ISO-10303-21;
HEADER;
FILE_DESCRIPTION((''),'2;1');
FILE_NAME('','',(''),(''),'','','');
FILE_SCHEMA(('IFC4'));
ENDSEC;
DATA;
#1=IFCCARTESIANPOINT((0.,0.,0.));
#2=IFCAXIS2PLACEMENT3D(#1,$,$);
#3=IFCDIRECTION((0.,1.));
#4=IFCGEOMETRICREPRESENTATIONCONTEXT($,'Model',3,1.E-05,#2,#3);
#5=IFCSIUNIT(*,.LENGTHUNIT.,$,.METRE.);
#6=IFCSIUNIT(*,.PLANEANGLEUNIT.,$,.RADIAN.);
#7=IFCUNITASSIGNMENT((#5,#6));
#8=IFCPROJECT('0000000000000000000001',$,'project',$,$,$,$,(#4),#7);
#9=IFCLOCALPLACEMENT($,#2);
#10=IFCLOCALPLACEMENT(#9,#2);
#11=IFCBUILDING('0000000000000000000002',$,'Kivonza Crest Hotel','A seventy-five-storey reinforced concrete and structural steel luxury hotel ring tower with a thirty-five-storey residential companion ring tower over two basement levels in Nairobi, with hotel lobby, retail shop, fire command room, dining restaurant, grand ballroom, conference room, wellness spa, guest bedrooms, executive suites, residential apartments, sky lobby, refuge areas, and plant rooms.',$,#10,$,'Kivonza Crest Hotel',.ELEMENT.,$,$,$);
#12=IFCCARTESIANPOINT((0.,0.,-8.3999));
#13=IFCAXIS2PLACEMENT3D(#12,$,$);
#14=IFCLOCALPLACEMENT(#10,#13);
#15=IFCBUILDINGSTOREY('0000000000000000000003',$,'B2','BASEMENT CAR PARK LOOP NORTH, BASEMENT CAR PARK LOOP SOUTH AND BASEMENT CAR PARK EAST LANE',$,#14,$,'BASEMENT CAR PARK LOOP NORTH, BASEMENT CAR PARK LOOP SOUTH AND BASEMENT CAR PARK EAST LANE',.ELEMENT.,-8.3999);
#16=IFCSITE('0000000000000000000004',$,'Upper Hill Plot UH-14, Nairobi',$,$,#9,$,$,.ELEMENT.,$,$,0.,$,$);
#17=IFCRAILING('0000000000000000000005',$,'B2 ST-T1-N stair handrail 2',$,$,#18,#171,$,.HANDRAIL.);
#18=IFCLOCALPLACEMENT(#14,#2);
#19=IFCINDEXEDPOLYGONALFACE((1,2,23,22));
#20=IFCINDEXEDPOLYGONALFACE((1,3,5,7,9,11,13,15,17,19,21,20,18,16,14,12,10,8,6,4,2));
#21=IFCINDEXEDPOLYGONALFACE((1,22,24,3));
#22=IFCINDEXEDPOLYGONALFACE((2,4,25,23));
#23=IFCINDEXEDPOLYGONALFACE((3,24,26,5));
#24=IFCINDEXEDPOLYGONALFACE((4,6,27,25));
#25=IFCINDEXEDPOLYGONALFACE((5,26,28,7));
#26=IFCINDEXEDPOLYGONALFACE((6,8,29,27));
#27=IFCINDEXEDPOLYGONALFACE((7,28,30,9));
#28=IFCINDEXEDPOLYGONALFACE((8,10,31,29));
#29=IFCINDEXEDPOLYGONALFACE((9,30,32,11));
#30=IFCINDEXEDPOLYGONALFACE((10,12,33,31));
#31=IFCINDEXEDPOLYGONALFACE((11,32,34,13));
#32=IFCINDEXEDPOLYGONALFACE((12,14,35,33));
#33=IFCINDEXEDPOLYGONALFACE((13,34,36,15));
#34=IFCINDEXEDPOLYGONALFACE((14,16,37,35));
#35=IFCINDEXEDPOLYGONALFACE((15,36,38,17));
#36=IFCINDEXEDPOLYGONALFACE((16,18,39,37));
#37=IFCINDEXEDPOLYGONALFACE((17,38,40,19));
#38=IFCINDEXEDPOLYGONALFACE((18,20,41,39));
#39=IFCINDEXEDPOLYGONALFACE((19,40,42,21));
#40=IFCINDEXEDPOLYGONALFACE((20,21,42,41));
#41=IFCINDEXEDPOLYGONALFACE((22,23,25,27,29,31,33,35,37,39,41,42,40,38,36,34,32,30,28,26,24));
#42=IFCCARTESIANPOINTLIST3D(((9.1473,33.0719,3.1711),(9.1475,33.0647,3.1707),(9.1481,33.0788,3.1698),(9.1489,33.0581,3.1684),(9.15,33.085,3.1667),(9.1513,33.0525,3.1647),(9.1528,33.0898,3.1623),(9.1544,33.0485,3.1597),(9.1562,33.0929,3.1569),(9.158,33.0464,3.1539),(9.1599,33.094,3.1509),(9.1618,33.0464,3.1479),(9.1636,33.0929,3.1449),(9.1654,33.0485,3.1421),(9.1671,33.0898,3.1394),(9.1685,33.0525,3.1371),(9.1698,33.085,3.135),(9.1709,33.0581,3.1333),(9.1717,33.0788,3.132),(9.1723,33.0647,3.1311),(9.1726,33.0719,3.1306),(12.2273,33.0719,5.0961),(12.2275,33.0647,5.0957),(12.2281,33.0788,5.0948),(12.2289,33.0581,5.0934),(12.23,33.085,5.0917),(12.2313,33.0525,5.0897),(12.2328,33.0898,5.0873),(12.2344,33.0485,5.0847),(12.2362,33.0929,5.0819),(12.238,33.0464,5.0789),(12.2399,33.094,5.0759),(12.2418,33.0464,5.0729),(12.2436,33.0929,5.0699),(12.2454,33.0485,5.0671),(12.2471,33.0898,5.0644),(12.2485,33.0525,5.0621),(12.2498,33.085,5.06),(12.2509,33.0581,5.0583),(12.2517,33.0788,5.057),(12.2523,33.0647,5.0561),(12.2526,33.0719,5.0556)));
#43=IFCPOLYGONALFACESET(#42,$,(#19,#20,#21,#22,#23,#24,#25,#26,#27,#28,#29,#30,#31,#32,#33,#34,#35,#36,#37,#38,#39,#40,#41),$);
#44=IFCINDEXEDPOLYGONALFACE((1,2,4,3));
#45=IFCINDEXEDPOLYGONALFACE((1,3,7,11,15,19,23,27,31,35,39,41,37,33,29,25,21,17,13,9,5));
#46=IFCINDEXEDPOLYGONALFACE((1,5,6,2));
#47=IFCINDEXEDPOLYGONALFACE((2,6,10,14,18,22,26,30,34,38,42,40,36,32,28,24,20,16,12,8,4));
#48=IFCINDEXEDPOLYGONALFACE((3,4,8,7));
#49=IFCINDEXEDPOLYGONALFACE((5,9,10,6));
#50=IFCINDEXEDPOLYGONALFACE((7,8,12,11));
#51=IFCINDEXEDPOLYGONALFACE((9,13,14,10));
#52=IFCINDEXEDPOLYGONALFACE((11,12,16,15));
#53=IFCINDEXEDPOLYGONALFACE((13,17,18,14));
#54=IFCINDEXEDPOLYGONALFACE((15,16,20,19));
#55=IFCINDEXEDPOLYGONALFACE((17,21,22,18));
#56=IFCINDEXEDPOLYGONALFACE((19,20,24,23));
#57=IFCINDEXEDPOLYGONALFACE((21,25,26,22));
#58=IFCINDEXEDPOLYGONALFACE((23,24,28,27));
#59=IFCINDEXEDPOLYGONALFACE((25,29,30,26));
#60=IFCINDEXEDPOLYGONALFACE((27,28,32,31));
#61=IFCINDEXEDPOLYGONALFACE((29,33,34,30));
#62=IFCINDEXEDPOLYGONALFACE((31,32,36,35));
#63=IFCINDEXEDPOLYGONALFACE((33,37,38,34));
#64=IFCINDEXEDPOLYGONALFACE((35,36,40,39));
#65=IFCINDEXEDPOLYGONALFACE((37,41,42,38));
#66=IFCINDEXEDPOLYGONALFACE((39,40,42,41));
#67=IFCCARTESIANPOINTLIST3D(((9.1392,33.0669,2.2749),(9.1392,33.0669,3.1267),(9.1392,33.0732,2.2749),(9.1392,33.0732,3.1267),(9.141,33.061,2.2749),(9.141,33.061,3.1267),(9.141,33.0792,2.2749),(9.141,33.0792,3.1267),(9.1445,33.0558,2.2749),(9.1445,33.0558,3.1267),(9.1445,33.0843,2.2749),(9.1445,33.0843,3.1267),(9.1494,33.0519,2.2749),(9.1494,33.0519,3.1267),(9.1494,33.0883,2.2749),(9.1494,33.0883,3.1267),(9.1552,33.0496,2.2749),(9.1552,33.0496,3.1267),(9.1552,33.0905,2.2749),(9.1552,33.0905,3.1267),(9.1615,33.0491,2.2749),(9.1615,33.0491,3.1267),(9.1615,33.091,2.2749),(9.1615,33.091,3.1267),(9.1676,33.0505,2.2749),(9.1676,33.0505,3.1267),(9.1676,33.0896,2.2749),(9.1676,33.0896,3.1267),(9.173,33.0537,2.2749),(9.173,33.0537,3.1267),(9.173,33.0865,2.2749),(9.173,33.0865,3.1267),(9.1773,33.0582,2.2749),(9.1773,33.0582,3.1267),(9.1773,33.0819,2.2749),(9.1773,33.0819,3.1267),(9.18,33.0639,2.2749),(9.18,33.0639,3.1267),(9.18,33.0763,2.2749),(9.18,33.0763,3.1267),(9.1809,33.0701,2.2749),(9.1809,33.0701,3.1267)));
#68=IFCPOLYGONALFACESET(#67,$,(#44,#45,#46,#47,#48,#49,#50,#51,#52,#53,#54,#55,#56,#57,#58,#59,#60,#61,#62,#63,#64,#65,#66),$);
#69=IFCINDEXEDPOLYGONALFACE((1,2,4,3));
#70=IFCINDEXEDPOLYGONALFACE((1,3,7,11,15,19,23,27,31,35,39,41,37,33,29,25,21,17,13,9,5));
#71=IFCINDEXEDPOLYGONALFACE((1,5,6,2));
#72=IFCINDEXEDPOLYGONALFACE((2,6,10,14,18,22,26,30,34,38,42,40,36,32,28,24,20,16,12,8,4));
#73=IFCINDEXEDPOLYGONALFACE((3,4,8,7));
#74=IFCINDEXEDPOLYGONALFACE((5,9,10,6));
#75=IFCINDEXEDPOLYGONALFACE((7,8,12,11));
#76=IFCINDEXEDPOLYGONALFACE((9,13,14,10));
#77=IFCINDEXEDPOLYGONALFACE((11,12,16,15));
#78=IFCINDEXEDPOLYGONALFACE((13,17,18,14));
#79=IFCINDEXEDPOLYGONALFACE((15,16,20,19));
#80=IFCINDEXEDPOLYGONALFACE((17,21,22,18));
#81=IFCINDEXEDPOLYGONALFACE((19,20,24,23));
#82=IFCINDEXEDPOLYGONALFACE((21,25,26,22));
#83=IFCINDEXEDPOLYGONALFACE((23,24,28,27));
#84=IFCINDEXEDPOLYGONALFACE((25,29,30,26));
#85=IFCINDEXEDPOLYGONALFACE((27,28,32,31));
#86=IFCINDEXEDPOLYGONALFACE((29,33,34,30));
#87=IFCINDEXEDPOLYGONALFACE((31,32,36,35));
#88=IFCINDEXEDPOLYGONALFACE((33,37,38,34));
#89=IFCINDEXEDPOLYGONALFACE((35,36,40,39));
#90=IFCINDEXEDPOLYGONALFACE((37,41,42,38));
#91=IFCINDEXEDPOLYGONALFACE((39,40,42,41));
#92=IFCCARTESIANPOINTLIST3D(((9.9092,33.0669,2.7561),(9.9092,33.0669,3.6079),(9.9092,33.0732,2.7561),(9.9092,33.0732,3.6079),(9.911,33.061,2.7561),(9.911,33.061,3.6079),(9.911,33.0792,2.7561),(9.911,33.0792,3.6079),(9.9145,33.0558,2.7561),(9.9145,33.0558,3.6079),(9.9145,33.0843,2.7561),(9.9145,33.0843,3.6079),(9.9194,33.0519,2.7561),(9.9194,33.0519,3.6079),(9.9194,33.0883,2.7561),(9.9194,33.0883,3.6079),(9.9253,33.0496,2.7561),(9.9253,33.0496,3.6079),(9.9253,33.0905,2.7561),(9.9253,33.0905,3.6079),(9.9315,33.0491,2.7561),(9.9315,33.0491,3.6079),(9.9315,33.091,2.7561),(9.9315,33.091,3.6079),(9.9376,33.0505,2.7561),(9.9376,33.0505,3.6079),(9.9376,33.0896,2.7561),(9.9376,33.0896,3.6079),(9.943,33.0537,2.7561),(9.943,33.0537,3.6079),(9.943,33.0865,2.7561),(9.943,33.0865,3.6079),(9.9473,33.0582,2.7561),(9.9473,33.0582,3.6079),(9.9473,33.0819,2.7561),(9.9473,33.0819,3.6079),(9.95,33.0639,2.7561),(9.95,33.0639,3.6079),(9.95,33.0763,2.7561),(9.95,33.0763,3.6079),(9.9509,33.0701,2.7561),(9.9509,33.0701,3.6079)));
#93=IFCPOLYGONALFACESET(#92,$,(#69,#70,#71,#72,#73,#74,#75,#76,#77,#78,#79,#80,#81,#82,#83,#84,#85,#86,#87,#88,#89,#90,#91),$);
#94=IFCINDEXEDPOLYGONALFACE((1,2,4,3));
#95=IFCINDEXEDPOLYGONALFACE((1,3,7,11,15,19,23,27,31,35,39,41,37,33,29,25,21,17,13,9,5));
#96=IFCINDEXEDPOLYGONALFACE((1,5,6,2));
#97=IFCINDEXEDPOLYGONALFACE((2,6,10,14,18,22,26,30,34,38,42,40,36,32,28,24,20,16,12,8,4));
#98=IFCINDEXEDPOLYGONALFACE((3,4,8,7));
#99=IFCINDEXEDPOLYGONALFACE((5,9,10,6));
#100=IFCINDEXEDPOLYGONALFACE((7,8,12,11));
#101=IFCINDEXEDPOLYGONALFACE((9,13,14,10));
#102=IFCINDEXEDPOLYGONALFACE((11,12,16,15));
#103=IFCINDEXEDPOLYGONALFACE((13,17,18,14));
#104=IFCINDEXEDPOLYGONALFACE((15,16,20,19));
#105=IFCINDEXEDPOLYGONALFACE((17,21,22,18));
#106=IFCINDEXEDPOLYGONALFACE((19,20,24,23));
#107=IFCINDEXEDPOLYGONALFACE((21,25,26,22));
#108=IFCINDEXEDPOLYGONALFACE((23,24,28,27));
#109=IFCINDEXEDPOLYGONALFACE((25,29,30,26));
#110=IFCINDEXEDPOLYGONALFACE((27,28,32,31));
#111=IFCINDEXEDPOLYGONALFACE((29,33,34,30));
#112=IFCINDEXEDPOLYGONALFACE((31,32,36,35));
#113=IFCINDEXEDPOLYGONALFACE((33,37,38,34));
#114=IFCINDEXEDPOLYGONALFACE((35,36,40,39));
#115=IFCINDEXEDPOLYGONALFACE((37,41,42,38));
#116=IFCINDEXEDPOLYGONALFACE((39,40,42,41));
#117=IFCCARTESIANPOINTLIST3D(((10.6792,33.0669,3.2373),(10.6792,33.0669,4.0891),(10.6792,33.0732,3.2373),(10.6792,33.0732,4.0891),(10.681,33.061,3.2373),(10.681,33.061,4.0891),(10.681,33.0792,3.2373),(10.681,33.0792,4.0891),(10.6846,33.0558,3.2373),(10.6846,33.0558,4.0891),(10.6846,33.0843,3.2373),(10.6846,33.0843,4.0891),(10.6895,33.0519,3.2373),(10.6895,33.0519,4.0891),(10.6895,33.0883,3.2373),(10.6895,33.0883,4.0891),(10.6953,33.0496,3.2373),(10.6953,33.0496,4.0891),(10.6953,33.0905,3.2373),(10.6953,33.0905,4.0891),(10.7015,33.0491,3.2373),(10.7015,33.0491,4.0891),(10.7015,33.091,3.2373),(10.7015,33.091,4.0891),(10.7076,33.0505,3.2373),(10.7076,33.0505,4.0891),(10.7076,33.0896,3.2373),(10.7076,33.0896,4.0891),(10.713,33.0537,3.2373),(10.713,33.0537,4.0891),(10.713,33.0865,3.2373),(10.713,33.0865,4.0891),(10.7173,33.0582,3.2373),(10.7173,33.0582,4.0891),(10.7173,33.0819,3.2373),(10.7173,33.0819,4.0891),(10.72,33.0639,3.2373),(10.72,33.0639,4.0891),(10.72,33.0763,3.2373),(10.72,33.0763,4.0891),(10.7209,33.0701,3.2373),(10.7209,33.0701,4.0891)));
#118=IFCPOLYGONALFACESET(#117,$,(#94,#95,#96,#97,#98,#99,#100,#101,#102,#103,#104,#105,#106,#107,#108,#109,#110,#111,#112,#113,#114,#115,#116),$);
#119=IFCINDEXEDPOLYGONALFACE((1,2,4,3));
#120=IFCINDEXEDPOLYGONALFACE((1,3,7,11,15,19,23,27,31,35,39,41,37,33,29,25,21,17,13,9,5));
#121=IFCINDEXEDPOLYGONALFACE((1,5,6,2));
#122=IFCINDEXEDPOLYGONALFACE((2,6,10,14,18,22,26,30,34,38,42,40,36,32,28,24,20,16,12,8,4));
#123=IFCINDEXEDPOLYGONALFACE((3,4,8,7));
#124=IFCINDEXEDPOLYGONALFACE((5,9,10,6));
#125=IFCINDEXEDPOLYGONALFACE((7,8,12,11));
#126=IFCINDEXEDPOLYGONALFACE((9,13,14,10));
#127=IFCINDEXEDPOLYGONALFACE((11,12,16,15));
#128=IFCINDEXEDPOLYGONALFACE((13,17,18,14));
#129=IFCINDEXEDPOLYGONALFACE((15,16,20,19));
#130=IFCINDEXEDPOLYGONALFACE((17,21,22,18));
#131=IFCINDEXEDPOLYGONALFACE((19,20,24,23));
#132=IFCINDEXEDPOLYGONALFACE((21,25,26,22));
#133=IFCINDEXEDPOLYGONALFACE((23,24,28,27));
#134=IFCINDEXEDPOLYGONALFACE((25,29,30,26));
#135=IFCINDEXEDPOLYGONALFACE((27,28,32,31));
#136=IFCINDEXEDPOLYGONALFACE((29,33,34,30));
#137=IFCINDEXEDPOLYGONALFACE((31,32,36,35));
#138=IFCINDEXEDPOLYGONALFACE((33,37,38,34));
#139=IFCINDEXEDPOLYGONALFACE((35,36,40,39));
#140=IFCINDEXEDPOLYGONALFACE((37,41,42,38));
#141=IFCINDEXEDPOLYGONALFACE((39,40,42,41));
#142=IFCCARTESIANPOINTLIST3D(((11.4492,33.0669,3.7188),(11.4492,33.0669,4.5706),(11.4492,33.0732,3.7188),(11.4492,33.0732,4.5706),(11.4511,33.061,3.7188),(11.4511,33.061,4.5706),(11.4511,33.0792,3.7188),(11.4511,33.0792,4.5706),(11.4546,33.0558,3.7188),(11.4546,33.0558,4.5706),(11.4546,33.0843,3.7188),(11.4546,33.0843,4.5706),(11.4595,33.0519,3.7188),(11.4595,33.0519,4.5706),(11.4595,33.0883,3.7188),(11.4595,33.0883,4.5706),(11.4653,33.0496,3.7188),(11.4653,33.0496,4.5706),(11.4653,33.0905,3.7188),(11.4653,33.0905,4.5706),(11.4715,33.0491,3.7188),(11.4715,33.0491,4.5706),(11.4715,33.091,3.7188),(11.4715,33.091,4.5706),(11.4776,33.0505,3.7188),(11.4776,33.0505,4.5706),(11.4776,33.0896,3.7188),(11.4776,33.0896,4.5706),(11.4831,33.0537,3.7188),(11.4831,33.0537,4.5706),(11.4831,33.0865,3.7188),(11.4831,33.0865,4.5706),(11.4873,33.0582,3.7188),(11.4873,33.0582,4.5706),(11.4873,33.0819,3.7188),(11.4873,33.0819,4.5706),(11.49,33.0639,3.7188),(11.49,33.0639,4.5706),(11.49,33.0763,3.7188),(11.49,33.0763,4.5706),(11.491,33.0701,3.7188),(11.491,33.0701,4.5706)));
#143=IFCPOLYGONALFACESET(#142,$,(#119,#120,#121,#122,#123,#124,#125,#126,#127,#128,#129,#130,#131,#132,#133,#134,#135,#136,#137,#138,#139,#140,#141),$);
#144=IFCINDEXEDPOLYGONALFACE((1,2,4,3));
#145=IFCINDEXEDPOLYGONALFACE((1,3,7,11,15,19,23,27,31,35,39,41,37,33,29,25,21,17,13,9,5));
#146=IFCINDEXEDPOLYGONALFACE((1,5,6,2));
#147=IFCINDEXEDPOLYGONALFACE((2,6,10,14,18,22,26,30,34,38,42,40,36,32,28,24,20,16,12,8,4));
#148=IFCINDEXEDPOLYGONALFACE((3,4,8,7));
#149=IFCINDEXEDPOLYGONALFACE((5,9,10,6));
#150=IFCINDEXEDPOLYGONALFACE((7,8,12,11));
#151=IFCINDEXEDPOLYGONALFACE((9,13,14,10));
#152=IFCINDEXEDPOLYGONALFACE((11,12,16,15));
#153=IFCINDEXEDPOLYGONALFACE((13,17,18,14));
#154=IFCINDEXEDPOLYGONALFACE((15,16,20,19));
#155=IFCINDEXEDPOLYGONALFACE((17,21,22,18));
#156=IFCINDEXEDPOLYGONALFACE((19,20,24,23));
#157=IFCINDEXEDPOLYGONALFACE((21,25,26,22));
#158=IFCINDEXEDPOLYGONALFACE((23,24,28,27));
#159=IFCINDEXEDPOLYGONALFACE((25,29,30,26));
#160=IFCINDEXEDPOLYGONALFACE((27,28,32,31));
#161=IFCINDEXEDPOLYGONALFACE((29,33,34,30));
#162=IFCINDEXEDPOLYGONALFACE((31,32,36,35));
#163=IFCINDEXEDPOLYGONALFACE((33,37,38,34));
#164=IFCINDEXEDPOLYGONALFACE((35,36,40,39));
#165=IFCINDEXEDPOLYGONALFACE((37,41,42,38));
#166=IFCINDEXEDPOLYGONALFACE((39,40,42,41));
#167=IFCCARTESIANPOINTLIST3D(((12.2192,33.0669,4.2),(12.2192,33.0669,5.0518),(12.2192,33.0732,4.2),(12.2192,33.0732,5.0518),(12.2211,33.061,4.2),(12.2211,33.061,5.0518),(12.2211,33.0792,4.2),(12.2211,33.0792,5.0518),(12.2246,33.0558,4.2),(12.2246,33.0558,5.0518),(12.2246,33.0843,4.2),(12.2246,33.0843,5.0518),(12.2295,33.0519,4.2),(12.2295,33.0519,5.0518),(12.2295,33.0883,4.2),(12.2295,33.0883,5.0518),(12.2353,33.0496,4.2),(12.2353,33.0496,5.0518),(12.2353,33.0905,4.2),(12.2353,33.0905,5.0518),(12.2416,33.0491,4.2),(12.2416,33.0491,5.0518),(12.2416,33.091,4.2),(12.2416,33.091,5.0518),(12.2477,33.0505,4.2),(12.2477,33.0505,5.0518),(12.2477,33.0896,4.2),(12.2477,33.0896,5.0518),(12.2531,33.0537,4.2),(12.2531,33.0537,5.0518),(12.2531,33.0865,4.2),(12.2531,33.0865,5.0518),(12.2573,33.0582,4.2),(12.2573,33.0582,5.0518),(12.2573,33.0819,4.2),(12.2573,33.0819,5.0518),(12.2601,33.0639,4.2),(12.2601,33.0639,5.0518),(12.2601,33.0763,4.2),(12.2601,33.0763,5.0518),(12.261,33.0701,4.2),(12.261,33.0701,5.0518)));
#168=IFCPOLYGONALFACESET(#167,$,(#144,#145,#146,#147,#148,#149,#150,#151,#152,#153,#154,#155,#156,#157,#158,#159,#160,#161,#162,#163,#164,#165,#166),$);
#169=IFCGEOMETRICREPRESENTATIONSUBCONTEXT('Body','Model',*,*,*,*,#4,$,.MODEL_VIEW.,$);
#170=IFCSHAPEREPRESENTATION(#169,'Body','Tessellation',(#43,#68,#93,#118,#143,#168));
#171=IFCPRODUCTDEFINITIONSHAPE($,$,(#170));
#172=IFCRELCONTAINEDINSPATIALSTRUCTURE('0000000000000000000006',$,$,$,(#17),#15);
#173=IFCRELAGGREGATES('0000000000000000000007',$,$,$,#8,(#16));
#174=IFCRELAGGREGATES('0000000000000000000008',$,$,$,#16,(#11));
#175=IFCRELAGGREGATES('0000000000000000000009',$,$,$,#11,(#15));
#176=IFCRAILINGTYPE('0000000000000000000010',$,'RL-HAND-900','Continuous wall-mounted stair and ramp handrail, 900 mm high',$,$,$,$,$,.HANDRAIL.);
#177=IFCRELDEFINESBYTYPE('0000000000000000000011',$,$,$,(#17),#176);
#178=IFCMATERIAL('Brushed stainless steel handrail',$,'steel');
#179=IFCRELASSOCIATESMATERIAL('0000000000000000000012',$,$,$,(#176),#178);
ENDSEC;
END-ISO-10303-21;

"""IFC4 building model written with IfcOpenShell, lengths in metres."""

from ifc_helpers import new_model, si_unit, direction, frame, origin, origin_2d, place, context, subcontext, project, spatial, circle, extrude, material, type_object, element, save


model = new_model("IFC4")

# Units and contexts
model_context = context("Model", 3, precision=1e-05, world=origin(), true_north=direction((0.0, 1.0)))
body_context = subcontext(model_context, "Body", "Model", "MODEL_VIEW")
ifc_project = project(units=[si_unit("LENGTHUNIT", "METRE"), si_unit("PLANEANGLEUNIT", "RADIAN")], contexts=[model_context])

# Site, building, storey
site_placement = place(None, origin())
site = spatial("IfcSite", under=ifc_project, at=site_placement, Name="Upper Hill Plot UH-14, Nairobi", CompositionType="ELEMENT", RefElevation=0.0)
building_placement = place(site_placement, origin())
building = spatial("IfcBuilding", under=site, at=building_placement, Name="Kivonza Crest Hotel", Description="A seventy-five-storey reinforced concrete and structural steel luxury hotel ring tower with a thirty-five-storey residential companion ring tower over two basement levels in Nairobi, with hotel lobby, retail shop, fire command room, dining restaurant, grand ballroom, conference room, wellness spa, guest bedrooms, executive suites, residential apartments, sky lobby, refuge areas, and plant rooms.", LongName="Kivonza Crest Hotel", CompositionType="ELEMENT")
storey_placement = place(building_placement, frame((0.0, 0.0, -8.3999)))
storey = spatial("IfcBuildingStorey", under=building, at=storey_placement, Name="B2", Description="BASEMENT CAR PARK LOOP NORTH, BASEMENT CAR PARK LOOP SOUTH AND BASEMENT CAR PARK EAST LANE", LongName="BASEMENT CAR PARK LOOP NORTH, BASEMENT CAR PARK LOOP SOUTH AND BASEMENT CAR PARK EAST LANE", CompositionType="ELEMENT", Elevation=-8.3999)

# Railing
ifc_material_1 = material(Name="Brushed stainless steel handrail", Category="steel")
railing_type_1 = type_object("IfcRailingType", Name="RL-HAND-900", Description="Continuous wall-mounted stair and ramp handrail, 900 mm high", PredefinedType="HANDRAIL", material=ifc_material_1)
railing_1_placement = place(storey_placement, frame((9.1599, 33.0701, 2.2749)))
element("IfcRailing", 1, at=railing_1_placement, inside=storey, type_object=railing_type_1, Name="B2 ST-T1-N stair handrail 2", PredefinedType="HANDRAIL", context=body_context, shape_type="SweptSolid", body=[
    extrude(circle(Radius=0.0239, at=origin_2d()), frame((0.0, 0.0, 0.876), z_axis=(0.847998, 0.0, 0.529999), x_axis=(0.0, 1.0, 0.0)), (0.0, 0.0, 1.0), 3.6321),
    extrude(circle(Radius=0.021, at=origin_2d()), origin(), (0.0, 0.0, 1.0), 0.8518),
    extrude(circle(Radius=0.021, at=origin_2d()), frame((0.77, 0.0, 0.4812)), (0.0, 0.0, 1.0), 0.8518),
    extrude(circle(Radius=0.021, at=origin_2d()), frame((1.54, 0.0, 0.9624)), (0.0, 0.0, 1.0), 0.8518),
    extrude(circle(Radius=0.021, at=origin_2d()), frame((2.3101, 0.0, 1.4438)), (0.0, 0.0, 1.0), 0.8518),
    extrude(circle(Radius=0.021, at=origin_2d()), frame((3.0801, 0.0, 1.925)), (0.0, 0.0, 1.0), 0.8518),
])

save(model, "model.ifc")
